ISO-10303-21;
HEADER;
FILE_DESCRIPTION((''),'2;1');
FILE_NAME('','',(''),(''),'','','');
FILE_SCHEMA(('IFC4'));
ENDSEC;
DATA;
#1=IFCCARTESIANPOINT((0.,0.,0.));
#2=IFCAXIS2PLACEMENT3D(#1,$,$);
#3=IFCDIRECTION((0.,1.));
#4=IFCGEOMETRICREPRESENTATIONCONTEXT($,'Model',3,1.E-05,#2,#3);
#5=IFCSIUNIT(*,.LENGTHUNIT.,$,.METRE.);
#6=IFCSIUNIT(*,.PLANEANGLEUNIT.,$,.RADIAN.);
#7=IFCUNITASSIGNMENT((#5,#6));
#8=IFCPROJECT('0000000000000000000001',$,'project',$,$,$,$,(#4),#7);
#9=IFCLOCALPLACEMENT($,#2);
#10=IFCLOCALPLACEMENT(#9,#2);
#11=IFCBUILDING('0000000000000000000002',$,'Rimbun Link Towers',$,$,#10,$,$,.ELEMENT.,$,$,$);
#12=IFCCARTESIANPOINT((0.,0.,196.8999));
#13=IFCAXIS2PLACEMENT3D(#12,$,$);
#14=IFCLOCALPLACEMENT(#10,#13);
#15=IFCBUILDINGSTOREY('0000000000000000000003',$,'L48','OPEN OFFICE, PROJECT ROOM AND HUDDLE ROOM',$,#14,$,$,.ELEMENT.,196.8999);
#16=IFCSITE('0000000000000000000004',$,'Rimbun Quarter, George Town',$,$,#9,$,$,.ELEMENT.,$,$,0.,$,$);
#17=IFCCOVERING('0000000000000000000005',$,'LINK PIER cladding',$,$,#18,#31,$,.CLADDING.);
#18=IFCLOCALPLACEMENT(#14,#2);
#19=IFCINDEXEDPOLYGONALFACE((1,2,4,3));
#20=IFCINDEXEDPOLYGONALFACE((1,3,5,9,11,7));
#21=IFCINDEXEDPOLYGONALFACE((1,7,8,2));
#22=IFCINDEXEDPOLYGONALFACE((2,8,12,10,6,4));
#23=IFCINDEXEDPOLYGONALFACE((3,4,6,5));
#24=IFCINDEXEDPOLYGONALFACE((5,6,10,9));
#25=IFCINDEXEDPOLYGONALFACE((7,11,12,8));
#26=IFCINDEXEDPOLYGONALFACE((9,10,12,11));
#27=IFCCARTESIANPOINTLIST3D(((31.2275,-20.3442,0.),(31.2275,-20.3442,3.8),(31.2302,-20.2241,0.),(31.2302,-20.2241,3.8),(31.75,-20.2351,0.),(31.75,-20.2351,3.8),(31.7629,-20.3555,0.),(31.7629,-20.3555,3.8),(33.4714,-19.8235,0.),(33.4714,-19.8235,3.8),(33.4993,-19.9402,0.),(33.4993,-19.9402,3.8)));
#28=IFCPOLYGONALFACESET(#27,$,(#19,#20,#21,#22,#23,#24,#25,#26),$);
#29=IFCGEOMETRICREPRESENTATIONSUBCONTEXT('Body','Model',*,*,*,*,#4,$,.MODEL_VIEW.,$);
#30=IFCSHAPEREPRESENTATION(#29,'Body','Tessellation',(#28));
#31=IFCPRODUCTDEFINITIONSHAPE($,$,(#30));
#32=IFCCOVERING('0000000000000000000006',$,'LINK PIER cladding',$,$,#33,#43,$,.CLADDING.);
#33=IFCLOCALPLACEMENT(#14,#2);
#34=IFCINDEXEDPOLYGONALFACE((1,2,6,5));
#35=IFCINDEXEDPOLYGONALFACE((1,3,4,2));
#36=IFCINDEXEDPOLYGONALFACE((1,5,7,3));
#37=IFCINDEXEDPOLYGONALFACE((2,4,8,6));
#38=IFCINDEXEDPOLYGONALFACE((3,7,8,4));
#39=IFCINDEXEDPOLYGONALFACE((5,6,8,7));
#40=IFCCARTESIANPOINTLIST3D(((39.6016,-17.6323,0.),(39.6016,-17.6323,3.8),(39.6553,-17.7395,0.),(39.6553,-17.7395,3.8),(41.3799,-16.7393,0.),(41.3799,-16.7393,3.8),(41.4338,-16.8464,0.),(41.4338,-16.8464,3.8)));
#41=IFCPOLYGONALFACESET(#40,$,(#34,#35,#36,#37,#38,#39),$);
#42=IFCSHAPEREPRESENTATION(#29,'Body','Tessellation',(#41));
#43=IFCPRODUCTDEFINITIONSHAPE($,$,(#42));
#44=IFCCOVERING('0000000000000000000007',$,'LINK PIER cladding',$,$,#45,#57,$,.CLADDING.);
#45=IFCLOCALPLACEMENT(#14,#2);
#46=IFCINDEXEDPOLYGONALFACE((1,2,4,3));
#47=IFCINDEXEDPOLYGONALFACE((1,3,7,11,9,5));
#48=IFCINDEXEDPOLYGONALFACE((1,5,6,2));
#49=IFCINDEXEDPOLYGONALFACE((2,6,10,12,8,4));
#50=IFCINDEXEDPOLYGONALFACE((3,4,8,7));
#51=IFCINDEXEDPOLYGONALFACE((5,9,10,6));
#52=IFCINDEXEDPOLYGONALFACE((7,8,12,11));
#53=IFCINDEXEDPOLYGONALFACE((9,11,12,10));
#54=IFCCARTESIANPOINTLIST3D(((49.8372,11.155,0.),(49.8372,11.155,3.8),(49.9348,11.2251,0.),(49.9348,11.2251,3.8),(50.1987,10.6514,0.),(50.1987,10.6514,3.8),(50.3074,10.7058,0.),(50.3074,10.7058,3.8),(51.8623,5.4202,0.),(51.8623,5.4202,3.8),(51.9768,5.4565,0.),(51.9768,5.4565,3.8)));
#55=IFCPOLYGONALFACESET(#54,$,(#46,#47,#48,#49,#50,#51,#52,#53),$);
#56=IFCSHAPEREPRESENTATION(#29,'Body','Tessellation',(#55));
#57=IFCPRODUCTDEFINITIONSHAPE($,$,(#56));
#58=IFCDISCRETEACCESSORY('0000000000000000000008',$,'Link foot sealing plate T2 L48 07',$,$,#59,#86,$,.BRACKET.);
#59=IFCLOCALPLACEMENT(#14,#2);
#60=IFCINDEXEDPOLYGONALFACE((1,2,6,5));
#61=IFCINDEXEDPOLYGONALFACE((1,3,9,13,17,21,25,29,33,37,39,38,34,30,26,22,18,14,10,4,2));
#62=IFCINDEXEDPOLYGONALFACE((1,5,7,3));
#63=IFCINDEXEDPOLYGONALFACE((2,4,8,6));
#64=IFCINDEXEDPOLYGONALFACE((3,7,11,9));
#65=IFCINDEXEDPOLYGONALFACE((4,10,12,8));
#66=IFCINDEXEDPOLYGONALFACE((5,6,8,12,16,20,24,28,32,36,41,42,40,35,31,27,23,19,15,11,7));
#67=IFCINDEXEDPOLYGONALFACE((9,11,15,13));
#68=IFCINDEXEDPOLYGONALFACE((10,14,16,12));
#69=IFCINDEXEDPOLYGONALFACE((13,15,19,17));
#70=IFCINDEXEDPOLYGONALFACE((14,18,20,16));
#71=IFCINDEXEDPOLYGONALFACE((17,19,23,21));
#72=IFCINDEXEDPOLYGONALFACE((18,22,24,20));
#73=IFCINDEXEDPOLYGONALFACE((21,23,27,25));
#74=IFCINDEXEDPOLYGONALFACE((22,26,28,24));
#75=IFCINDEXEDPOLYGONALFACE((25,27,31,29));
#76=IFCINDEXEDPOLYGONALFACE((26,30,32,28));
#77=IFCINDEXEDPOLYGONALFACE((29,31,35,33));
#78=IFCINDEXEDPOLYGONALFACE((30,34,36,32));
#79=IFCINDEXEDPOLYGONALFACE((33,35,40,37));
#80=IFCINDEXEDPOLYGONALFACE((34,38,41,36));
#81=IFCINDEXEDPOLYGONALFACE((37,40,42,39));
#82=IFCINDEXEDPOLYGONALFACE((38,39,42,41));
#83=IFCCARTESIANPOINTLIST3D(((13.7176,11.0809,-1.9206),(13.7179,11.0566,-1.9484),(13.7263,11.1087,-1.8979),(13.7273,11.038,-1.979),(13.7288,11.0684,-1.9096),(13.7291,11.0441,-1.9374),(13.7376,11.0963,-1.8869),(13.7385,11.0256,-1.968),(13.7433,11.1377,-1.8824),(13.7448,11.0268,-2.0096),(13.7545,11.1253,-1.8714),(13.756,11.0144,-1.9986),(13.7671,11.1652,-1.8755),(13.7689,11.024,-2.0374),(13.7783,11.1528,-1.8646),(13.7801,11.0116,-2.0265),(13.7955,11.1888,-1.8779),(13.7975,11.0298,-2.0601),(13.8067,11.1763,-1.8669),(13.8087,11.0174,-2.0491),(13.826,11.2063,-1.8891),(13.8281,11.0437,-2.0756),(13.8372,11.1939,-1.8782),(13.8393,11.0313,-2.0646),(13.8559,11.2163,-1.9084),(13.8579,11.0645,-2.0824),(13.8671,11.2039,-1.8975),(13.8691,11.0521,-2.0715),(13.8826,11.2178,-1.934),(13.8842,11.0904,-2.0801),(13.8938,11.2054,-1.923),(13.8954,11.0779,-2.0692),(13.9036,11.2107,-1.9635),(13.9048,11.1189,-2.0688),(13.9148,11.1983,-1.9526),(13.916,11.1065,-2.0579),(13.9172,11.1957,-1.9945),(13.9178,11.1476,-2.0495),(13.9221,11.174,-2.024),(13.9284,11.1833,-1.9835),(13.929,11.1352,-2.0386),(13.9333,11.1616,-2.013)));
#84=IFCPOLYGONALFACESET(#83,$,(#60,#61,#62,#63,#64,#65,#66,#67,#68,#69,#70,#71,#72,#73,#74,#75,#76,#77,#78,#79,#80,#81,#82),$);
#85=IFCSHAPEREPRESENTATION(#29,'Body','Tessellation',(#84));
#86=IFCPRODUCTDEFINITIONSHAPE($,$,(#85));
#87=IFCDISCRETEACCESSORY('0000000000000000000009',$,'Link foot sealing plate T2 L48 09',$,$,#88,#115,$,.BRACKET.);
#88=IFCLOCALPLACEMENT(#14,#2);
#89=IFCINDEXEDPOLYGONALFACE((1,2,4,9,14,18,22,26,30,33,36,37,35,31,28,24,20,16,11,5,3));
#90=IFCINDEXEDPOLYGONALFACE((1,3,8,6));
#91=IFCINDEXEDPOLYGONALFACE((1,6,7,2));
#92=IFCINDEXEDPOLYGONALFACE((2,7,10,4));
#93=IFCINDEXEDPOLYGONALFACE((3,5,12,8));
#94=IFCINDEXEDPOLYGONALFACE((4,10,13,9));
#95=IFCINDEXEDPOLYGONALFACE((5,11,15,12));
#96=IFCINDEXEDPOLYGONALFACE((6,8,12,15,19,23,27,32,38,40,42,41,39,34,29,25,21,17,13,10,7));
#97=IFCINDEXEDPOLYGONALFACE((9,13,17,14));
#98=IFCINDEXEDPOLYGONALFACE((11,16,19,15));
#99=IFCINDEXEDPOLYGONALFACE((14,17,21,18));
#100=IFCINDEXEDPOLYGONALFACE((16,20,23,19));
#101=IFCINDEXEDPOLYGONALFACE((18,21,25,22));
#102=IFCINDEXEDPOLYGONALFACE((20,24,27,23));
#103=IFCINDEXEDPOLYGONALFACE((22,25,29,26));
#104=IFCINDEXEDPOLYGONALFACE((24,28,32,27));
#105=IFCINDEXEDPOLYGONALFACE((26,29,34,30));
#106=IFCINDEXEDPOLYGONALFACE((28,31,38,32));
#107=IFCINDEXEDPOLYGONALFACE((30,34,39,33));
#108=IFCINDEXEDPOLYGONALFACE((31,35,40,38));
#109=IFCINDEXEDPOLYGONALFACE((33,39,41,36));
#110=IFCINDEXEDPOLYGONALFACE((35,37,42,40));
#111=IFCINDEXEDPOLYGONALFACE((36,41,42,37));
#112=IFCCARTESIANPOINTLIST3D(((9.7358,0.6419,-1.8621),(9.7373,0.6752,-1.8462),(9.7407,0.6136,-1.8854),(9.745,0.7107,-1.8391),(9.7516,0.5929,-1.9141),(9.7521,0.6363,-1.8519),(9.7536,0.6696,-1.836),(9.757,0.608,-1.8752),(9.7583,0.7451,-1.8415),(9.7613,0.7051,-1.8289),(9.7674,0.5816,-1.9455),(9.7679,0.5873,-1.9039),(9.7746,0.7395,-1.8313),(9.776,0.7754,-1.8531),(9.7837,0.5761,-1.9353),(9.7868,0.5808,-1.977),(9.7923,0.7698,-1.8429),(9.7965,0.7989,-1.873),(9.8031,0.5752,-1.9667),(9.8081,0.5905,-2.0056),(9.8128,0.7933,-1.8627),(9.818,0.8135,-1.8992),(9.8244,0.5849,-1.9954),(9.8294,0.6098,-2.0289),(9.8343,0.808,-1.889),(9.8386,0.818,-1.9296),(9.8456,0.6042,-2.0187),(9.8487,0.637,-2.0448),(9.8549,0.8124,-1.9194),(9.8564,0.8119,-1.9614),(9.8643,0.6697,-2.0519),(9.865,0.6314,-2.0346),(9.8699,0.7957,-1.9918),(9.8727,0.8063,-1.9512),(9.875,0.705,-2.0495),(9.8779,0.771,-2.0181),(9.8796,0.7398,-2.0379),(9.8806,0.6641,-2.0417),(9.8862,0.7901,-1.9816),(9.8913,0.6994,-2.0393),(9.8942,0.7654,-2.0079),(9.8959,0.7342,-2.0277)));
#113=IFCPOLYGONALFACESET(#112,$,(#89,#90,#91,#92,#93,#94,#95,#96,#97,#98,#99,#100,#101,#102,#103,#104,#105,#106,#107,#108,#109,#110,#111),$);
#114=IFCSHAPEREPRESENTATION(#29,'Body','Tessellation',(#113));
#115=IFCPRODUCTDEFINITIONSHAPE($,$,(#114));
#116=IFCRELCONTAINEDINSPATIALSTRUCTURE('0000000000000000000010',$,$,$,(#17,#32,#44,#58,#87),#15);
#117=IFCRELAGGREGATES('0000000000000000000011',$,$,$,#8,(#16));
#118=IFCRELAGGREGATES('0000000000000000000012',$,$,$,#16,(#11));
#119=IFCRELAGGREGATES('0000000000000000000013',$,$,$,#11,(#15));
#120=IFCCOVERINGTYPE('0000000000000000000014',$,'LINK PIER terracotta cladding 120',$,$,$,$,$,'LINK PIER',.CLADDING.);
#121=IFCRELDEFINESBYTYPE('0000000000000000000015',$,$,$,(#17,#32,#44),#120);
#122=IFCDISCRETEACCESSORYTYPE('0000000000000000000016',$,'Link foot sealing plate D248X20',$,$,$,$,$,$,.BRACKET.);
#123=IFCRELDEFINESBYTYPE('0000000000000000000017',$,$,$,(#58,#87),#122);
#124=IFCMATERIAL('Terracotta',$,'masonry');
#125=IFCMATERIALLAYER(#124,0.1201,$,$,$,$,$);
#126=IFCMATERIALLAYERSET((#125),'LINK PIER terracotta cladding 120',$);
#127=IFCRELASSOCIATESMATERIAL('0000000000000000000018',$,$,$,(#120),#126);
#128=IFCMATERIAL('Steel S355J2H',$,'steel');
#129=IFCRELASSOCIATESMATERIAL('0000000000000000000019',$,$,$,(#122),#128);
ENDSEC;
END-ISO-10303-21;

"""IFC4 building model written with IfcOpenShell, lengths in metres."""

from ifc_helpers import new_model, si_unit, direction, frame, origin, origin_2d, place, context, subcontext, project, spatial, polyline, circle, outline, extrude, material, layer, layer_set, material_profile, profile_set, type_object, element, save


model = new_model("IFC4")

# Units and contexts
model_context = context("Model", 3, precision=1e-05, world=origin(), true_north=direction((0.0, 1.0)))
body_context = subcontext(model_context, "Body", "Model", "MODEL_VIEW")
ifc_project = project(units=[si_unit("LENGTHUNIT", "METRE"), si_unit("PLANEANGLEUNIT", "RADIAN")], contexts=[model_context])

# Site, building, storey
site_placement = place(None, origin())
site = spatial("IfcSite", under=ifc_project, at=site_placement, Name="Rimbun Quarter, George Town", CompositionType="ELEMENT", RefElevation=0.0)
building_placement = place(site_placement, origin())
building = spatial("IfcBuilding", under=site, at=building_placement, Name="Rimbun Link Towers", CompositionType="ELEMENT")
storey_placement = place(building_placement, frame((0.0, 0.0, 196.8999)))
storey = spatial("IfcBuildingStorey", under=building, at=storey_placement, Name="L48", Description="OPEN OFFICE, PROJECT ROOM AND HUDDLE ROOM", CompositionType="ELEMENT", Elevation=196.8999)

# Coverings
ifc_material_1 = material(Name="Terracotta", Category="masonry")
ifc_layer_1 = layer(ifc_material_1, 0.1201)
ifc_layer_set_1 = layer_set([ifc_layer_1], Name="LINK PIER terracotta cladding 120")
covering_type_1 = type_object("IfcCoveringType", Name="LINK PIER terracotta cladding 120", ElementType="LINK PIER", PredefinedType="CLADDING", material=ifc_layer_set_1)
covering_1_placement = place(storey_placement, origin())
element("IfcCovering", 1, at=covering_1_placement, inside=storey, type_object=covering_type_1, Name="LINK PIER cladding", PredefinedType="CLADDING", context=body_context, shape_type="SweptSolid", body=[
    extrude(outline(polyline([(33.4714, -19.8235), (31.75, -20.2351), (31.2302, -20.2241), (31.2275, -20.3442), (31.7629, -20.3555), (33.4993, -19.9402), (33.4714, -19.8235)])), origin(), (0.0, 0.0, 1.0), 3.8),
])
covering_2_placement = place(storey_placement, origin())
element("IfcCovering", 2, at=covering_2_placement, inside=storey, type_object=covering_type_1, Name="LINK PIER cladding", PredefinedType="CLADDING", context=body_context, shape_type="SweptSolid", body=[
    extrude(outline(polyline([(41.3799, -16.7393), (39.6016, -17.6323), (39.6553, -17.7395), (41.4338, -16.8464), (41.3799, -16.7393)])), origin(), (0.0, 0.0, 1.0), 3.8),
])
covering_3_placement = place(storey_placement, origin())
element("IfcCovering", 3, at=covering_3_placement, inside=storey, type_object=covering_type_1, Name="LINK PIER cladding", PredefinedType="CLADDING", context=body_context, shape_type="SweptSolid", body=[
    extrude(outline(polyline([(49.8372, 11.155), (50.1987, 10.6514), (51.8623, 5.4202), (51.9768, 5.4565), (50.3074, 10.7058), (49.9348, 11.2251), (49.8372, 11.155)])), origin(), (0.0, 0.0, 1.0), 3.8),
])

# Discrete accessories
ifc_material_2 = material(Name="Steel S355J2H", Category="steel")
ifc_material_profile_1 = material_profile(ifc_material_2, circle(Radius=0.124, at=origin_2d()), Name="PL D248")
ifc_profile_set_1 = profile_set([ifc_material_profile_1], Name="Steel S355J2H")
discrete_accessory_type = type_object("IfcDiscreteAccessoryType", Name="Link foot sealing plate D248X20", PredefinedType="BRACKET", material=ifc_profile_set_1)
for number, where, z_axis, x_axis, name in (
    (4, (13.8306, 11.1086, -1.968), (-0.560226, 0.62112, -0.548047), (-0.74257, -0.669769, 0.0), "Link foot sealing plate T2 L48 07"),
    (5, (9.824, 0.6934, -1.9353), (-0.813572, 0.279286, -0.51), (-0.324685, -0.945822, 0.0), "Link foot sealing plate T2 L48 09"),
):
    element("IfcDiscreteAccessory", number, at=place(storey_placement, frame(where, z_axis=z_axis, x_axis=x_axis)), inside=storey, type_object=discrete_accessory_type, Name=name, PredefinedType="BRACKET", context=body_context, shape_type="SweptSolid", body=[
        extrude(circle(Radius=0.124, at=origin_2d()), origin(), (0.0, 0.0, 1.0), 0.02),
    ])

save(model, "model.ifc")
